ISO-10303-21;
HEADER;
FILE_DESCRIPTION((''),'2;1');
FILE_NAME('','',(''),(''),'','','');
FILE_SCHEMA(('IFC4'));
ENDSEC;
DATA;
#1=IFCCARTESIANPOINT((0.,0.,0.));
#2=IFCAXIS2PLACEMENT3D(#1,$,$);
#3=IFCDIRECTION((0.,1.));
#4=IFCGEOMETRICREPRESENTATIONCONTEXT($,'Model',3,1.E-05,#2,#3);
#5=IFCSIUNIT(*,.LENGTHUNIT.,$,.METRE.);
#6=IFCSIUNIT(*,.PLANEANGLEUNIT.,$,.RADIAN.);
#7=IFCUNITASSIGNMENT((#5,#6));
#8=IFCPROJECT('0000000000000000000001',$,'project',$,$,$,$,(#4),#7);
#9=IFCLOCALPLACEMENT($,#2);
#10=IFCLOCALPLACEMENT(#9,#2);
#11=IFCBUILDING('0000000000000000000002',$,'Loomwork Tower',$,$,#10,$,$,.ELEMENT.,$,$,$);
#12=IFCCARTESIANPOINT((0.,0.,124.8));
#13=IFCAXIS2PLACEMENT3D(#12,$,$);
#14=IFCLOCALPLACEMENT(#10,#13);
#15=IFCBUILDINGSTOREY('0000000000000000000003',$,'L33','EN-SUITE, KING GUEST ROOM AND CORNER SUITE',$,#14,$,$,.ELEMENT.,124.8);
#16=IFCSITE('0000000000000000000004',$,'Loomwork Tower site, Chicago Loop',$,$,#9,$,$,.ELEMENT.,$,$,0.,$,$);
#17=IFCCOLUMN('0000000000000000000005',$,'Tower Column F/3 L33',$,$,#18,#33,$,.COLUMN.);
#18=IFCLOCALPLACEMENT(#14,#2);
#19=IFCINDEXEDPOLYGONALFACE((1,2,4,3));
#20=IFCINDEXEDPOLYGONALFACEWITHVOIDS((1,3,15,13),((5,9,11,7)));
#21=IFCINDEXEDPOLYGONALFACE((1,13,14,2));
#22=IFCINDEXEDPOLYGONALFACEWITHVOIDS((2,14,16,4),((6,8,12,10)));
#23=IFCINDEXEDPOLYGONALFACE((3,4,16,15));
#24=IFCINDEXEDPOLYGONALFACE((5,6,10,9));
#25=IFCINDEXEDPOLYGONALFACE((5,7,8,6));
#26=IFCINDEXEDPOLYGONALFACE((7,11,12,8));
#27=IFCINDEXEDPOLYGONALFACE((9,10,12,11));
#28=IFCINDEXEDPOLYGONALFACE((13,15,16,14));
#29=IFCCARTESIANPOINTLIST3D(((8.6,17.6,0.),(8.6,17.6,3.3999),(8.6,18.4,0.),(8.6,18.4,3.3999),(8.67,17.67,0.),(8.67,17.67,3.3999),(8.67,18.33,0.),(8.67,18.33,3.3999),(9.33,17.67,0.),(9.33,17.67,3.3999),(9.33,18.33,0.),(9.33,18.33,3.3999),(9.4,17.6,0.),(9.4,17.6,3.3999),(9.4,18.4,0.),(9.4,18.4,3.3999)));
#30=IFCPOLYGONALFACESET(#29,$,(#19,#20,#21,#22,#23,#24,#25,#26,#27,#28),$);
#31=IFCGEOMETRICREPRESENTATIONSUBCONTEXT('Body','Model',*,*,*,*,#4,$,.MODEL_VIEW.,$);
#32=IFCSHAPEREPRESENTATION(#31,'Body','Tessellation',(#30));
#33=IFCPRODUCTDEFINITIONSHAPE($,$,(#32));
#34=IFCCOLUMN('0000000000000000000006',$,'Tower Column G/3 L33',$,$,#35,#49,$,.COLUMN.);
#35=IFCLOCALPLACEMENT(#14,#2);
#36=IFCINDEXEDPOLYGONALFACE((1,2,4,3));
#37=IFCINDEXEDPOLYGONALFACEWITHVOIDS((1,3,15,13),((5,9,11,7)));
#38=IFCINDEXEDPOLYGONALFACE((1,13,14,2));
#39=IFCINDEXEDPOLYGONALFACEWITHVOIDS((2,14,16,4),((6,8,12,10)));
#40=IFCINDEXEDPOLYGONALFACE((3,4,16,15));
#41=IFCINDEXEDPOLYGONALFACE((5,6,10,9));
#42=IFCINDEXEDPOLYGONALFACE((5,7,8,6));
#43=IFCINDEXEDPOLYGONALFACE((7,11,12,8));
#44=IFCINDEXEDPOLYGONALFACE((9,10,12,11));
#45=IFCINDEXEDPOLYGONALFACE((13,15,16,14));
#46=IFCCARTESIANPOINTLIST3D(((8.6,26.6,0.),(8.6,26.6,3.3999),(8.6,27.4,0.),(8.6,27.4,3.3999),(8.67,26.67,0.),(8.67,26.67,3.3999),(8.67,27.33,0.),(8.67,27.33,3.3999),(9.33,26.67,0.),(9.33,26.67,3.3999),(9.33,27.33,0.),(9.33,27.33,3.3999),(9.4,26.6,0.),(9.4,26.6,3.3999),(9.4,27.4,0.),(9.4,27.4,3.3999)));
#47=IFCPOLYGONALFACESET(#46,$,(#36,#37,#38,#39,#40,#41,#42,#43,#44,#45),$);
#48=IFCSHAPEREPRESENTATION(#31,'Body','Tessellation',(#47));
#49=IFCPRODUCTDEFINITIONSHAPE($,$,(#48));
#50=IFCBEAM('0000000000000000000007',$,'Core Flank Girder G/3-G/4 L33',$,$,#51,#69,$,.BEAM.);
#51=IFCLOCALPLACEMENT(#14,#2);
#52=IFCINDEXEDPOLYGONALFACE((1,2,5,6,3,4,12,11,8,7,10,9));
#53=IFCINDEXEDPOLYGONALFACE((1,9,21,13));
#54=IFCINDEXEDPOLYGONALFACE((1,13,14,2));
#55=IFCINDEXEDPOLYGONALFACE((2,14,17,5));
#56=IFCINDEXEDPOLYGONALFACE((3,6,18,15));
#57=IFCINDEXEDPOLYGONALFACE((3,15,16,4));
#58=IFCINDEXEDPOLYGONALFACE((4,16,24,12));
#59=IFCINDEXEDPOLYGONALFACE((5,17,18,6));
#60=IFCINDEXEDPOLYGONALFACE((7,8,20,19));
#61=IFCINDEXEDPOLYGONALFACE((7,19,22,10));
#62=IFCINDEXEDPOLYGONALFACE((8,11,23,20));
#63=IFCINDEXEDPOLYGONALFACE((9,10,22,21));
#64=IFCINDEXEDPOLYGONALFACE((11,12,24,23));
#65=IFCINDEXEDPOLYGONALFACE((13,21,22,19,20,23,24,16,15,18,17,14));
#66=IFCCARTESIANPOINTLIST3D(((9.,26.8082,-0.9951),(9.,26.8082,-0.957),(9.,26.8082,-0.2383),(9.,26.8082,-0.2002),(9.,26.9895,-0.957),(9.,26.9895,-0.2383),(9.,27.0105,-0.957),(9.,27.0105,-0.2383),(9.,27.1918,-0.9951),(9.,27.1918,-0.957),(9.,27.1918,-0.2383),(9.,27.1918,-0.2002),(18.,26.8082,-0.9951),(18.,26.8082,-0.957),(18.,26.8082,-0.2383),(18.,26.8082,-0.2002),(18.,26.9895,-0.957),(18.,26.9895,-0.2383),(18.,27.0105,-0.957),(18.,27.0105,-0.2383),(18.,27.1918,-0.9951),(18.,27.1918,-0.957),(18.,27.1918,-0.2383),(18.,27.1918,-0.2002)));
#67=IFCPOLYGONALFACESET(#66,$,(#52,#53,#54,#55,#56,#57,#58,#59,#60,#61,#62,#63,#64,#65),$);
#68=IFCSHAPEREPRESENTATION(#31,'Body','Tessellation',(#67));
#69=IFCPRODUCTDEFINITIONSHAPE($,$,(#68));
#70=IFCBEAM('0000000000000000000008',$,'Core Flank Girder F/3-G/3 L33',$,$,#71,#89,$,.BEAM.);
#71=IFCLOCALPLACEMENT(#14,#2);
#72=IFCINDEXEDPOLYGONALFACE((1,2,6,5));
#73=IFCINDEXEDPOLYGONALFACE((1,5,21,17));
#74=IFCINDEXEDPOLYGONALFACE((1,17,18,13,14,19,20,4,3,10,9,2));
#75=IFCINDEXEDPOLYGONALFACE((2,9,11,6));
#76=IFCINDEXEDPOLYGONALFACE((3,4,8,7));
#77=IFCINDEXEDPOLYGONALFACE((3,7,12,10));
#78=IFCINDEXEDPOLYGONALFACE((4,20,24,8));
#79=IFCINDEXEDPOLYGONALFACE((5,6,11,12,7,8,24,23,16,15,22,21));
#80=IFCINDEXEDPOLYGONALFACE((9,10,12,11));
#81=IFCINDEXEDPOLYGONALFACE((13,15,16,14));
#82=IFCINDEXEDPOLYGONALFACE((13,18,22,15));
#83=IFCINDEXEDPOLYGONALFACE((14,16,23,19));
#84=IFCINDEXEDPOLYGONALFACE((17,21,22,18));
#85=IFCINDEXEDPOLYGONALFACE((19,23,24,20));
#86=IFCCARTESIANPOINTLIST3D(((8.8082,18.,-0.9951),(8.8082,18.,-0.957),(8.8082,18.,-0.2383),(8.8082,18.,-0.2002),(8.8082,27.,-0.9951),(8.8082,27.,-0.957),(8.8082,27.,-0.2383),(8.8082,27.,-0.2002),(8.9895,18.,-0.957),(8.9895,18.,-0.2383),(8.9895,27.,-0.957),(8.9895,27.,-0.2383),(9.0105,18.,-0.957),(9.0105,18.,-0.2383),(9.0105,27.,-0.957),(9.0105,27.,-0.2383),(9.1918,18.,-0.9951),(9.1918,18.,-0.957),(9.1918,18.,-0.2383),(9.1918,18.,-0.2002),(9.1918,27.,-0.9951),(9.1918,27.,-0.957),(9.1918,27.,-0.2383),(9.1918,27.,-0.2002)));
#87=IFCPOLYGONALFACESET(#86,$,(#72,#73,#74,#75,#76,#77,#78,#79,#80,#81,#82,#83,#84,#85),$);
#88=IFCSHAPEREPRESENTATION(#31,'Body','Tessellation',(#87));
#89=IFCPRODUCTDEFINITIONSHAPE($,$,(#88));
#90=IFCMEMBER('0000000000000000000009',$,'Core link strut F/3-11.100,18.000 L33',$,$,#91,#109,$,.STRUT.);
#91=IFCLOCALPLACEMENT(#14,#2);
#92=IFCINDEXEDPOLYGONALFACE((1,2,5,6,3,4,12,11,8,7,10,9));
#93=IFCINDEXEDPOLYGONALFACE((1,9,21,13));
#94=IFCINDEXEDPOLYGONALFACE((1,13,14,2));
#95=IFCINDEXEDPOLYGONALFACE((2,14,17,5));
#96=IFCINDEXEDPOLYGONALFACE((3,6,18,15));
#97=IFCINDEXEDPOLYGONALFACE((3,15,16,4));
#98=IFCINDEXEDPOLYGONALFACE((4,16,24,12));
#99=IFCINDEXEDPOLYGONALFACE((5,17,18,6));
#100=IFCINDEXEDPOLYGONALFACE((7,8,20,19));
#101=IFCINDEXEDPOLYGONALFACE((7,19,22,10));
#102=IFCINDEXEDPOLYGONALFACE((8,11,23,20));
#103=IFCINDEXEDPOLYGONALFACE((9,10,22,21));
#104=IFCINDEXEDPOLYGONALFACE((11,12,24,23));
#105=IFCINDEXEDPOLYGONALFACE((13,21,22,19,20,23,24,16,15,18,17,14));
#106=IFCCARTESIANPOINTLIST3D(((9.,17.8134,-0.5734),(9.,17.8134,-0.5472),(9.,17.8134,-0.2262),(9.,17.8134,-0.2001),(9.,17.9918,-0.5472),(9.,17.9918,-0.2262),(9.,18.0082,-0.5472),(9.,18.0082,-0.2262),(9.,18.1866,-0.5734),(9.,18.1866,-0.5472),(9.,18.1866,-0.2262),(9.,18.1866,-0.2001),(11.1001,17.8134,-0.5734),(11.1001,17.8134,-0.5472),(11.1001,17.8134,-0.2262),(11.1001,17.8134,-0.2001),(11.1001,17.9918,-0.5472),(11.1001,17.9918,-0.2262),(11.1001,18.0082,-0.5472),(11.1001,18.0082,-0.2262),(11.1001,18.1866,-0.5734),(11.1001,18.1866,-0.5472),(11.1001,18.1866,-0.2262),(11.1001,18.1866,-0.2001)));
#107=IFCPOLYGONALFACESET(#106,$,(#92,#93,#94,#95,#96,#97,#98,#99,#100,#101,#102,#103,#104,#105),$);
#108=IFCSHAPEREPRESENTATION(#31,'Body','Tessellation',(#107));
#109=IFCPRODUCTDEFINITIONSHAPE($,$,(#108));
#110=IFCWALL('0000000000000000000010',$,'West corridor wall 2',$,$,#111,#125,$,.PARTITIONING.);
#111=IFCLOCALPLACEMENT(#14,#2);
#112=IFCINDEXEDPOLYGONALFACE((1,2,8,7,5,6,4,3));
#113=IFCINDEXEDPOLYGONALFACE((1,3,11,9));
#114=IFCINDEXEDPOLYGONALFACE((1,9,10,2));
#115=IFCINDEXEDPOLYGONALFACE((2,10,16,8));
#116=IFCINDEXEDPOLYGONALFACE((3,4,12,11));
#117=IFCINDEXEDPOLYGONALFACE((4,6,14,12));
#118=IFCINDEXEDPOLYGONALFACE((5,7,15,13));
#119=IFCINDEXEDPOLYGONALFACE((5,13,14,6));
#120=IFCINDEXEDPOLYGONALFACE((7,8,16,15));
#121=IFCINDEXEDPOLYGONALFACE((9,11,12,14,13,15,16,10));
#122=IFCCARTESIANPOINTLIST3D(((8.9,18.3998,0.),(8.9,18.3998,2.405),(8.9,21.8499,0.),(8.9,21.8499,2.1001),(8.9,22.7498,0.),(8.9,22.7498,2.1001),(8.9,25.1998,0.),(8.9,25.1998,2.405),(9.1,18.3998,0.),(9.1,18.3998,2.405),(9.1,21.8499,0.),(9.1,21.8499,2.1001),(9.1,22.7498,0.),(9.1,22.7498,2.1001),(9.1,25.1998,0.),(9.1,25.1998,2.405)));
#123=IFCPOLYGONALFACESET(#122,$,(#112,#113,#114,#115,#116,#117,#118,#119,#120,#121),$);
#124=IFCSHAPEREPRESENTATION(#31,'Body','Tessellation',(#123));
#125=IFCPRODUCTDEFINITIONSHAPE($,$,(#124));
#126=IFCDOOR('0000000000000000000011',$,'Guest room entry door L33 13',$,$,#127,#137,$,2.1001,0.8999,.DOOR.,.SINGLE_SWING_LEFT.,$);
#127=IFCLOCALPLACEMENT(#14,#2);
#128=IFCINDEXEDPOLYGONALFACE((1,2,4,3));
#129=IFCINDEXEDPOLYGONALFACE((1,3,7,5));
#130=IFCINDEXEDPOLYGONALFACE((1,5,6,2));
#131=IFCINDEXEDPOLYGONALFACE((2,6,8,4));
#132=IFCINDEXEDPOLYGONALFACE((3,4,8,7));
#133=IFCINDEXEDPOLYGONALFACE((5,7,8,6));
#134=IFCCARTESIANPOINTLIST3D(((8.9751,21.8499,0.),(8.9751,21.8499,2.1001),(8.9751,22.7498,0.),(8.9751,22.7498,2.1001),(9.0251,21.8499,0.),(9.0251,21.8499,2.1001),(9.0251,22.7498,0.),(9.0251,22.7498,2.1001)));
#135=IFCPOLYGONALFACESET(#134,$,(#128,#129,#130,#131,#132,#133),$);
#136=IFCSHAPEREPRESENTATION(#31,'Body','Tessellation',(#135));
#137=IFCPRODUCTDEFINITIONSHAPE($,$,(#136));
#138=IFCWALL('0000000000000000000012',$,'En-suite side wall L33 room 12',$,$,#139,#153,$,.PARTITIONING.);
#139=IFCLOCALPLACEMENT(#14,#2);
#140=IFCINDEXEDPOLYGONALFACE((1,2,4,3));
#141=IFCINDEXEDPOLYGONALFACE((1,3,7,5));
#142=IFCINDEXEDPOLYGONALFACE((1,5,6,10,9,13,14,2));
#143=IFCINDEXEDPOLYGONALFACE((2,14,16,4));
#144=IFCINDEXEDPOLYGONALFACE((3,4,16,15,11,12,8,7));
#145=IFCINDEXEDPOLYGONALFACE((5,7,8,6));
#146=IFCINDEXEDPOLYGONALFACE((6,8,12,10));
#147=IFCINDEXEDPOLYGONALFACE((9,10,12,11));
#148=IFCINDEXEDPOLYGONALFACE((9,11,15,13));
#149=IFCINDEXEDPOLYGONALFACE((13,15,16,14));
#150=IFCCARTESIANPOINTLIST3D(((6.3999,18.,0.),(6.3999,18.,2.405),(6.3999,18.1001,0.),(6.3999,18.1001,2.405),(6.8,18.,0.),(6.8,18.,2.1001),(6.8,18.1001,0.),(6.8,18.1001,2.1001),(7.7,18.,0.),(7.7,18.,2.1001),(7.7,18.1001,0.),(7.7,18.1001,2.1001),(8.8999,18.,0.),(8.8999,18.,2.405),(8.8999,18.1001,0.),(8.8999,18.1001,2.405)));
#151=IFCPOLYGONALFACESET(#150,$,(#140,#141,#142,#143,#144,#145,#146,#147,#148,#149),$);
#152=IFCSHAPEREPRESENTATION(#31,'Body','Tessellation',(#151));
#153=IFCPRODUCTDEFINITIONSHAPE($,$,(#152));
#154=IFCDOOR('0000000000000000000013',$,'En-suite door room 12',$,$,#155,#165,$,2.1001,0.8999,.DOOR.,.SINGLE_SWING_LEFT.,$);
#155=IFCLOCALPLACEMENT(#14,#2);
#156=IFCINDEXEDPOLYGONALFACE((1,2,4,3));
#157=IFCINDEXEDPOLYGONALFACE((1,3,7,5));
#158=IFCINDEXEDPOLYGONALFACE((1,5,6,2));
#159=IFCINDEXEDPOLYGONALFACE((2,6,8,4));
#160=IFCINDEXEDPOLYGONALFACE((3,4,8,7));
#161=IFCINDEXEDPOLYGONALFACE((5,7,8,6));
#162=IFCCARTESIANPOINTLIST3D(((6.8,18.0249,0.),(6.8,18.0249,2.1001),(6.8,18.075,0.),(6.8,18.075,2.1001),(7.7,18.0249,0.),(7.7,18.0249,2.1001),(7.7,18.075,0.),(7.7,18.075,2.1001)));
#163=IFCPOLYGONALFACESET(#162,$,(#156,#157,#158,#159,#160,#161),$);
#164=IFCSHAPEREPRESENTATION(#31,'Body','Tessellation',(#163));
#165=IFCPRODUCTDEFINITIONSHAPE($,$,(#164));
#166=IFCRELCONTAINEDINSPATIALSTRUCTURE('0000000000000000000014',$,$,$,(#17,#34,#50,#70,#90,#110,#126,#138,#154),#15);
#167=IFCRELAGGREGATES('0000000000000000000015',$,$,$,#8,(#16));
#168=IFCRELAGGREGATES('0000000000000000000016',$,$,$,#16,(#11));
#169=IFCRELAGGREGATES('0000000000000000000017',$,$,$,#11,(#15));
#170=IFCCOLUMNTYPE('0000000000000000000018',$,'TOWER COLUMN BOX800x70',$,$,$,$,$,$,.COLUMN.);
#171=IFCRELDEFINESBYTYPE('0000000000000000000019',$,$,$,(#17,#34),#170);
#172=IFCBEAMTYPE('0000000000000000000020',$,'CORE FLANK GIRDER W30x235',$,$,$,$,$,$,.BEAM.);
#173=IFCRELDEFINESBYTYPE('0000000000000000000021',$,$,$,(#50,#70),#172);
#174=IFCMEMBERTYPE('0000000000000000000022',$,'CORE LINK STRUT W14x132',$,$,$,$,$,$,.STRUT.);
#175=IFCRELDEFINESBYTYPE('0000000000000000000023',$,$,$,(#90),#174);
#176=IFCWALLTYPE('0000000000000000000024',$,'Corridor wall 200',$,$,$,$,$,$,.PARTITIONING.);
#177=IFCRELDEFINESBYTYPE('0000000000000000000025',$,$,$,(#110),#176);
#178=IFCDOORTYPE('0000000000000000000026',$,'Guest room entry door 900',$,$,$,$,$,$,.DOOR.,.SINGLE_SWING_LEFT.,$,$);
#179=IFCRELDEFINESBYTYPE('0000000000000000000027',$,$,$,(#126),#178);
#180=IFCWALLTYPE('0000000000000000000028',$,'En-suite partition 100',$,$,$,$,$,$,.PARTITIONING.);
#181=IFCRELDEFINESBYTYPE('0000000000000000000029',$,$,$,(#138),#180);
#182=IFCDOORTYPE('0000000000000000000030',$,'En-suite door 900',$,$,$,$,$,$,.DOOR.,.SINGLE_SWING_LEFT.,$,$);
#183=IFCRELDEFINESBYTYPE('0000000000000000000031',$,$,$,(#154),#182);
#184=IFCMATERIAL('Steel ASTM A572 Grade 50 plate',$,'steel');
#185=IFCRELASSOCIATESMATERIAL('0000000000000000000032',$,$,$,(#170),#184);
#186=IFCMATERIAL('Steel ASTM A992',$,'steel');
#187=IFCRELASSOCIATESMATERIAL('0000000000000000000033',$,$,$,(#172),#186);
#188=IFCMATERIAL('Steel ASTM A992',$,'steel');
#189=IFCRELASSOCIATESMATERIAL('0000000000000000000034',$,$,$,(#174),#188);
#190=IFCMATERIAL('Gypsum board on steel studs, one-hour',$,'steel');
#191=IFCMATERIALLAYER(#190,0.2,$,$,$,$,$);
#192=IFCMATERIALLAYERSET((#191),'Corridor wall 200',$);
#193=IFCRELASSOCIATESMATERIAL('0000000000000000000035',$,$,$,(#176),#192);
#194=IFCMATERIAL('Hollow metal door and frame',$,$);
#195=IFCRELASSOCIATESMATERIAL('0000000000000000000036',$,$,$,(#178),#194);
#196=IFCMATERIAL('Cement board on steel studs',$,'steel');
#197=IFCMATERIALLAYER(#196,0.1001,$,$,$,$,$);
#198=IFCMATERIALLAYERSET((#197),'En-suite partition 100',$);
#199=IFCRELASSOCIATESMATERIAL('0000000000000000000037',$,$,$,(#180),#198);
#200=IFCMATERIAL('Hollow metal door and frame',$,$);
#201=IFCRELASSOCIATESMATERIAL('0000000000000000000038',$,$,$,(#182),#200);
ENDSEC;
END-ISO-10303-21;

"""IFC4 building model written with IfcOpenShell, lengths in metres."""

from ifc_helpers import new_model, si_unit, direction, frame, frame_2d, origin, origin_2d, place, context, subcontext, project, spatial, rectangle, hollow_rectangle, i_section, extrude, material, layer, layer_set, material_profile, profile_set, type_object, element, fill, save


model = new_model("IFC4")

# Units and contexts
model_context = context("Model", 3, precision=1e-05, world=origin(), true_north=direction((0.0, 1.0)))
body_context = subcontext(model_context, "Body", "Model", "MODEL_VIEW")
ifc_project = project(units=[si_unit("LENGTHUNIT", "METRE"), si_unit("PLANEANGLEUNIT", "RADIAN")], contexts=[model_context])

# Site, building, storey
site_placement = place(None, origin())
site = spatial("IfcSite", under=ifc_project, at=site_placement, Name="Loomwork Tower site, Chicago Loop", CompositionType="ELEMENT", RefElevation=0.0)
building_placement = place(site_placement, origin())
building = spatial("IfcBuilding", under=site, at=building_placement, Name="Loomwork Tower", CompositionType="ELEMENT")
storey_placement = place(building_placement, frame((0.0, 0.0, 124.8)))
storey = spatial("IfcBuildingStorey", under=building, at=storey_placement, Name="L33", Description="EN-SUITE, KING GUEST ROOM AND CORNER SUITE", CompositionType="ELEMENT", Elevation=124.8)

# Columns
ifc_material_1 = material(Name="Steel ASTM A572 Grade 50 plate", Category="steel")
ifc_material_profile_1 = material_profile(ifc_material_1, hollow_rectangle(XDim=0.8, YDim=0.8, WallThickness=0.0701, at=origin_2d()), Name="BOX800x70")
ifc_profile_set_1 = profile_set([ifc_material_profile_1], Name="Steel ASTM A572 Grade 50 plate")
column_type = type_object("IfcColumnType", Name="TOWER COLUMN BOX800x70", PredefinedType="COLUMN", material=ifc_profile_set_1)
for number, where, z_axis, x_axis, name in (
    (1, (9.0, 18.0, 0.0), (0.0, 0.0, 1.0), (1.0, 0.0, 0.0), "Tower Column F/3 L33"),
    (2, (9.0, 27.0, 0.0), (0.0, 0.0, 1.0), (1.0, 0.0, 0.0), "Tower Column G/3 L33"),
):
    element("IfcColumn", number, at=place(storey_placement, frame(where, z_axis=z_axis, x_axis=x_axis)), inside=storey, type_object=column_type, Name=name, PredefinedType="COLUMN", context=body_context, shape_type="SweptSolid", body=[
        extrude(hollow_rectangle(XDim=0.8, YDim=0.8, WallThickness=0.0701, at=origin_2d()), origin(), (0.0, 0.0, 1.0), 3.3999),
    ])

# Beams
ifc_material_2 = material(Name="Steel ASTM A992", Category="steel")
ifc_material_profile_2 = material_profile(ifc_material_2, i_section(OverallWidth=0.3835, OverallDepth=0.7949, WebThickness=0.021, FlangeThickness=0.0381, at=origin_2d()), Name="W30x235")
ifc_profile_set_2 = profile_set([ifc_material_profile_2], Name="Steel ASTM A992")
beam_type = type_object("IfcBeamType", Name="CORE FLANK GIRDER W30x235", PredefinedType="BEAM", material=ifc_profile_set_2)
for number, where, z_axis, x_axis, name in (
    (3, (9.0, 27.0, -0.5977), (1.0, 0.0, 0.0), (0.0, 1.0, 0.0), "Core Flank Girder G/3-G/4 L33"),
    (4, (9.0, 18.0, -0.5977), (0.0, 1.0, 0.0), (-1.0, 0.0, 0.0), "Core Flank Girder F/3-G/3 L33"),
):
    element("IfcBeam", number, at=place(storey_placement, frame(where, z_axis=z_axis, x_axis=x_axis)), inside=storey, type_object=beam_type, Name=name, PredefinedType="BEAM", context=body_context, shape_type="SweptSolid", body=[
        extrude(i_section(OverallWidth=0.3835, OverallDepth=0.7949, WebThickness=0.021, FlangeThickness=0.0381, at=origin_2d()), origin(), (0.0, 0.0, 1.0), 9.0),
    ])

# Member
ifc_material_3 = material(Name="Steel ASTM A992", Category="steel")
ifc_material_profile_3 = material_profile(ifc_material_3, i_section(OverallWidth=0.3733, OverallDepth=0.3733, WebThickness=0.0164, FlangeThickness=0.0261, at=origin_2d()), Name="W14x132")
ifc_profile_set_3 = profile_set([ifc_material_profile_3], Name="Steel ASTM A992")
member_type = type_object("IfcMemberType", Name="CORE LINK STRUT W14x132", PredefinedType="STRUT", material=ifc_profile_set_3)
member_placement = place(storey_placement, frame((9.0, 18.0, -0.3867), z_axis=(1.0, 0.0, 0.0), x_axis=(0.0, 1.0, 0.0)))
element("IfcMember", 5, at=member_placement, inside=storey, type_object=member_type, Name="Core link strut F/3-11.100,18.000 L33", PredefinedType="STRUT", context=body_context, shape_type="SweptSolid", body=[
    extrude(i_section(OverallWidth=0.3733, OverallDepth=0.3733, WebThickness=0.0164, FlangeThickness=0.0261, at=origin_2d()), origin(), (0.0, 0.0, 1.0), 2.1001),
])

# Walls, openings, doors
ifc_material_4 = material(Name="Gypsum board on steel studs, one-hour", Category="steel")
ifc_layer_1 = layer(ifc_material_4, 0.2)
ifc_layer_set_1 = layer_set([ifc_layer_1], Name="Corridor wall 200")
wall_type_1 = type_object("IfcWallType", Name="Corridor wall 200", PredefinedType="PARTITIONING", material=ifc_layer_set_1)
wall_1_placement = place(storey_placement, frame((9.0, 18.3999, 0.0), z_axis=(0.0, 0.0, 1.0), x_axis=(0.0, 1.0, 0.0)))
wall_1 = element("IfcWall", 6, at=wall_1_placement, inside=storey, type_object=wall_type_1, Name="West corridor wall 2", PredefinedType="PARTITIONING", context=body_context, shape_type="SweptSolid", body=[
    extrude(rectangle(XDim=6.8, YDim=0.2, at=frame_2d((3.3999, 0.0))), origin(), (0.0, 0.0, 1.0), 2.405),
])
opening_1_placement = place(wall_1_placement, frame((3.45, 0.0, 0.0)))
opening_1 = element("IfcOpeningElement", 7, at=opening_1_placement, cuts=wall_1, PredefinedType="OPENING", context=body_context, shape_type="SweptSolid", body=[
    extrude(rectangle(XDim=0.8999, YDim=2.1001, at=frame_2d((0.45, 1.05))), frame((0.0, 0.1099, 0.0), z_axis=(0.0, -1.0, 0.0), x_axis=(1.0, 0.0, 0.0)), (0.0, 0.0, 1.0), 0.22),
])
ifc_material_5 = material(Name="Hollow metal door and frame")
door_type_1 = type_object("IfcDoorType", Name="Guest room entry door 900", OperationType="SINGLE_SWING_LEFT", PredefinedType="DOOR", material=ifc_material_5)
door_1_placement = place(opening_1_placement, origin())
door_1 = element("IfcDoor", 8, at=door_1_placement, inside=storey, type_object=door_type_1, Name="Guest room entry door L33 13", OperationType="SINGLE_SWING_LEFT", OverallHeight=2.1001, OverallWidth=0.8999, PredefinedType="DOOR", context=body_context, shape_type="SweptSolid", body=[
    extrude(rectangle(XDim=0.8999, YDim=2.1001, at=frame_2d((0.45, 1.05))), frame((0.0, 0.0249, 0.0), z_axis=(0.0, -1.0, 0.0), x_axis=(1.0, 0.0, 0.0)), (0.0, 0.0, 1.0), 0.05),
])
fill(opening_1, door_1)
ifc_material_6 = material(Name="Cement board on steel studs", Category="steel")
ifc_layer_2 = layer(ifc_material_6, 0.1001)
ifc_layer_set_2 = layer_set([ifc_layer_2], Name="En-suite partition 100")
wall_type_2 = type_object("IfcWallType", Name="En-suite partition 100", PredefinedType="PARTITIONING", material=ifc_layer_set_2)
wall_2_placement = place(storey_placement, frame((8.8999, 18.05, 0.0), z_axis=(0.0, 0.0, 1.0), x_axis=(-1.0, 0.0, 0.0)))
wall_2 = element("IfcWall", 9, at=wall_2_placement, inside=storey, type_object=wall_type_2, Name="En-suite side wall L33 room 12", PredefinedType="PARTITIONING", context=body_context, shape_type="SweptSolid", body=[
    extrude(rectangle(XDim=2.5, YDim=0.1001, at=frame_2d((1.25, 0.0))), origin(), (0.0, 0.0, 1.0), 2.405),
])
opening_2_placement = place(wall_2_placement, frame((1.2, 0.0, 0.0)))
opening_2 = element("IfcOpeningElement", 10, at=opening_2_placement, cuts=wall_2, PredefinedType="OPENING", context=body_context, shape_type="SweptSolid", body=[
    extrude(rectangle(XDim=0.8999, YDim=2.1001, at=frame_2d((0.45, 1.05))), frame((0.0, 0.0601, 0.0), z_axis=(0.0, -1.0, 0.0), x_axis=(1.0, 0.0, 0.0)), (0.0, 0.0, 1.0), 0.1201),
])
ifc_material_7 = material(Name="Hollow metal door and frame")
door_type_2 = type_object("IfcDoorType", Name="En-suite door 900", OperationType="SINGLE_SWING_LEFT", PredefinedType="DOOR", material=ifc_material_7)
door_2_placement = place(opening_2_placement, frame((0.8999, 0.0, 0.0), z_axis=(0.0, 0.0, 1.0), x_axis=(-1.0, 0.0, 0.0)))
door_2 = element("IfcDoor", 11, at=door_2_placement, inside=storey, type_object=door_type_2, Name="En-suite door room 12", OperationType="SINGLE_SWING_LEFT", OverallHeight=2.1001, OverallWidth=0.8999, PredefinedType="DOOR", context=body_context, shape_type="SweptSolid", body=[
    extrude(rectangle(XDim=0.8999, YDim=2.1001, at=frame_2d((0.45, 1.05))), frame((0.0, 0.0249, 0.0), z_axis=(0.0, -1.0, 0.0), x_axis=(1.0, 0.0, 0.0)), (0.0, 0.0, 1.0), 0.05),
])
fill(opening_2, door_2)

save(model, "model.ifc")
